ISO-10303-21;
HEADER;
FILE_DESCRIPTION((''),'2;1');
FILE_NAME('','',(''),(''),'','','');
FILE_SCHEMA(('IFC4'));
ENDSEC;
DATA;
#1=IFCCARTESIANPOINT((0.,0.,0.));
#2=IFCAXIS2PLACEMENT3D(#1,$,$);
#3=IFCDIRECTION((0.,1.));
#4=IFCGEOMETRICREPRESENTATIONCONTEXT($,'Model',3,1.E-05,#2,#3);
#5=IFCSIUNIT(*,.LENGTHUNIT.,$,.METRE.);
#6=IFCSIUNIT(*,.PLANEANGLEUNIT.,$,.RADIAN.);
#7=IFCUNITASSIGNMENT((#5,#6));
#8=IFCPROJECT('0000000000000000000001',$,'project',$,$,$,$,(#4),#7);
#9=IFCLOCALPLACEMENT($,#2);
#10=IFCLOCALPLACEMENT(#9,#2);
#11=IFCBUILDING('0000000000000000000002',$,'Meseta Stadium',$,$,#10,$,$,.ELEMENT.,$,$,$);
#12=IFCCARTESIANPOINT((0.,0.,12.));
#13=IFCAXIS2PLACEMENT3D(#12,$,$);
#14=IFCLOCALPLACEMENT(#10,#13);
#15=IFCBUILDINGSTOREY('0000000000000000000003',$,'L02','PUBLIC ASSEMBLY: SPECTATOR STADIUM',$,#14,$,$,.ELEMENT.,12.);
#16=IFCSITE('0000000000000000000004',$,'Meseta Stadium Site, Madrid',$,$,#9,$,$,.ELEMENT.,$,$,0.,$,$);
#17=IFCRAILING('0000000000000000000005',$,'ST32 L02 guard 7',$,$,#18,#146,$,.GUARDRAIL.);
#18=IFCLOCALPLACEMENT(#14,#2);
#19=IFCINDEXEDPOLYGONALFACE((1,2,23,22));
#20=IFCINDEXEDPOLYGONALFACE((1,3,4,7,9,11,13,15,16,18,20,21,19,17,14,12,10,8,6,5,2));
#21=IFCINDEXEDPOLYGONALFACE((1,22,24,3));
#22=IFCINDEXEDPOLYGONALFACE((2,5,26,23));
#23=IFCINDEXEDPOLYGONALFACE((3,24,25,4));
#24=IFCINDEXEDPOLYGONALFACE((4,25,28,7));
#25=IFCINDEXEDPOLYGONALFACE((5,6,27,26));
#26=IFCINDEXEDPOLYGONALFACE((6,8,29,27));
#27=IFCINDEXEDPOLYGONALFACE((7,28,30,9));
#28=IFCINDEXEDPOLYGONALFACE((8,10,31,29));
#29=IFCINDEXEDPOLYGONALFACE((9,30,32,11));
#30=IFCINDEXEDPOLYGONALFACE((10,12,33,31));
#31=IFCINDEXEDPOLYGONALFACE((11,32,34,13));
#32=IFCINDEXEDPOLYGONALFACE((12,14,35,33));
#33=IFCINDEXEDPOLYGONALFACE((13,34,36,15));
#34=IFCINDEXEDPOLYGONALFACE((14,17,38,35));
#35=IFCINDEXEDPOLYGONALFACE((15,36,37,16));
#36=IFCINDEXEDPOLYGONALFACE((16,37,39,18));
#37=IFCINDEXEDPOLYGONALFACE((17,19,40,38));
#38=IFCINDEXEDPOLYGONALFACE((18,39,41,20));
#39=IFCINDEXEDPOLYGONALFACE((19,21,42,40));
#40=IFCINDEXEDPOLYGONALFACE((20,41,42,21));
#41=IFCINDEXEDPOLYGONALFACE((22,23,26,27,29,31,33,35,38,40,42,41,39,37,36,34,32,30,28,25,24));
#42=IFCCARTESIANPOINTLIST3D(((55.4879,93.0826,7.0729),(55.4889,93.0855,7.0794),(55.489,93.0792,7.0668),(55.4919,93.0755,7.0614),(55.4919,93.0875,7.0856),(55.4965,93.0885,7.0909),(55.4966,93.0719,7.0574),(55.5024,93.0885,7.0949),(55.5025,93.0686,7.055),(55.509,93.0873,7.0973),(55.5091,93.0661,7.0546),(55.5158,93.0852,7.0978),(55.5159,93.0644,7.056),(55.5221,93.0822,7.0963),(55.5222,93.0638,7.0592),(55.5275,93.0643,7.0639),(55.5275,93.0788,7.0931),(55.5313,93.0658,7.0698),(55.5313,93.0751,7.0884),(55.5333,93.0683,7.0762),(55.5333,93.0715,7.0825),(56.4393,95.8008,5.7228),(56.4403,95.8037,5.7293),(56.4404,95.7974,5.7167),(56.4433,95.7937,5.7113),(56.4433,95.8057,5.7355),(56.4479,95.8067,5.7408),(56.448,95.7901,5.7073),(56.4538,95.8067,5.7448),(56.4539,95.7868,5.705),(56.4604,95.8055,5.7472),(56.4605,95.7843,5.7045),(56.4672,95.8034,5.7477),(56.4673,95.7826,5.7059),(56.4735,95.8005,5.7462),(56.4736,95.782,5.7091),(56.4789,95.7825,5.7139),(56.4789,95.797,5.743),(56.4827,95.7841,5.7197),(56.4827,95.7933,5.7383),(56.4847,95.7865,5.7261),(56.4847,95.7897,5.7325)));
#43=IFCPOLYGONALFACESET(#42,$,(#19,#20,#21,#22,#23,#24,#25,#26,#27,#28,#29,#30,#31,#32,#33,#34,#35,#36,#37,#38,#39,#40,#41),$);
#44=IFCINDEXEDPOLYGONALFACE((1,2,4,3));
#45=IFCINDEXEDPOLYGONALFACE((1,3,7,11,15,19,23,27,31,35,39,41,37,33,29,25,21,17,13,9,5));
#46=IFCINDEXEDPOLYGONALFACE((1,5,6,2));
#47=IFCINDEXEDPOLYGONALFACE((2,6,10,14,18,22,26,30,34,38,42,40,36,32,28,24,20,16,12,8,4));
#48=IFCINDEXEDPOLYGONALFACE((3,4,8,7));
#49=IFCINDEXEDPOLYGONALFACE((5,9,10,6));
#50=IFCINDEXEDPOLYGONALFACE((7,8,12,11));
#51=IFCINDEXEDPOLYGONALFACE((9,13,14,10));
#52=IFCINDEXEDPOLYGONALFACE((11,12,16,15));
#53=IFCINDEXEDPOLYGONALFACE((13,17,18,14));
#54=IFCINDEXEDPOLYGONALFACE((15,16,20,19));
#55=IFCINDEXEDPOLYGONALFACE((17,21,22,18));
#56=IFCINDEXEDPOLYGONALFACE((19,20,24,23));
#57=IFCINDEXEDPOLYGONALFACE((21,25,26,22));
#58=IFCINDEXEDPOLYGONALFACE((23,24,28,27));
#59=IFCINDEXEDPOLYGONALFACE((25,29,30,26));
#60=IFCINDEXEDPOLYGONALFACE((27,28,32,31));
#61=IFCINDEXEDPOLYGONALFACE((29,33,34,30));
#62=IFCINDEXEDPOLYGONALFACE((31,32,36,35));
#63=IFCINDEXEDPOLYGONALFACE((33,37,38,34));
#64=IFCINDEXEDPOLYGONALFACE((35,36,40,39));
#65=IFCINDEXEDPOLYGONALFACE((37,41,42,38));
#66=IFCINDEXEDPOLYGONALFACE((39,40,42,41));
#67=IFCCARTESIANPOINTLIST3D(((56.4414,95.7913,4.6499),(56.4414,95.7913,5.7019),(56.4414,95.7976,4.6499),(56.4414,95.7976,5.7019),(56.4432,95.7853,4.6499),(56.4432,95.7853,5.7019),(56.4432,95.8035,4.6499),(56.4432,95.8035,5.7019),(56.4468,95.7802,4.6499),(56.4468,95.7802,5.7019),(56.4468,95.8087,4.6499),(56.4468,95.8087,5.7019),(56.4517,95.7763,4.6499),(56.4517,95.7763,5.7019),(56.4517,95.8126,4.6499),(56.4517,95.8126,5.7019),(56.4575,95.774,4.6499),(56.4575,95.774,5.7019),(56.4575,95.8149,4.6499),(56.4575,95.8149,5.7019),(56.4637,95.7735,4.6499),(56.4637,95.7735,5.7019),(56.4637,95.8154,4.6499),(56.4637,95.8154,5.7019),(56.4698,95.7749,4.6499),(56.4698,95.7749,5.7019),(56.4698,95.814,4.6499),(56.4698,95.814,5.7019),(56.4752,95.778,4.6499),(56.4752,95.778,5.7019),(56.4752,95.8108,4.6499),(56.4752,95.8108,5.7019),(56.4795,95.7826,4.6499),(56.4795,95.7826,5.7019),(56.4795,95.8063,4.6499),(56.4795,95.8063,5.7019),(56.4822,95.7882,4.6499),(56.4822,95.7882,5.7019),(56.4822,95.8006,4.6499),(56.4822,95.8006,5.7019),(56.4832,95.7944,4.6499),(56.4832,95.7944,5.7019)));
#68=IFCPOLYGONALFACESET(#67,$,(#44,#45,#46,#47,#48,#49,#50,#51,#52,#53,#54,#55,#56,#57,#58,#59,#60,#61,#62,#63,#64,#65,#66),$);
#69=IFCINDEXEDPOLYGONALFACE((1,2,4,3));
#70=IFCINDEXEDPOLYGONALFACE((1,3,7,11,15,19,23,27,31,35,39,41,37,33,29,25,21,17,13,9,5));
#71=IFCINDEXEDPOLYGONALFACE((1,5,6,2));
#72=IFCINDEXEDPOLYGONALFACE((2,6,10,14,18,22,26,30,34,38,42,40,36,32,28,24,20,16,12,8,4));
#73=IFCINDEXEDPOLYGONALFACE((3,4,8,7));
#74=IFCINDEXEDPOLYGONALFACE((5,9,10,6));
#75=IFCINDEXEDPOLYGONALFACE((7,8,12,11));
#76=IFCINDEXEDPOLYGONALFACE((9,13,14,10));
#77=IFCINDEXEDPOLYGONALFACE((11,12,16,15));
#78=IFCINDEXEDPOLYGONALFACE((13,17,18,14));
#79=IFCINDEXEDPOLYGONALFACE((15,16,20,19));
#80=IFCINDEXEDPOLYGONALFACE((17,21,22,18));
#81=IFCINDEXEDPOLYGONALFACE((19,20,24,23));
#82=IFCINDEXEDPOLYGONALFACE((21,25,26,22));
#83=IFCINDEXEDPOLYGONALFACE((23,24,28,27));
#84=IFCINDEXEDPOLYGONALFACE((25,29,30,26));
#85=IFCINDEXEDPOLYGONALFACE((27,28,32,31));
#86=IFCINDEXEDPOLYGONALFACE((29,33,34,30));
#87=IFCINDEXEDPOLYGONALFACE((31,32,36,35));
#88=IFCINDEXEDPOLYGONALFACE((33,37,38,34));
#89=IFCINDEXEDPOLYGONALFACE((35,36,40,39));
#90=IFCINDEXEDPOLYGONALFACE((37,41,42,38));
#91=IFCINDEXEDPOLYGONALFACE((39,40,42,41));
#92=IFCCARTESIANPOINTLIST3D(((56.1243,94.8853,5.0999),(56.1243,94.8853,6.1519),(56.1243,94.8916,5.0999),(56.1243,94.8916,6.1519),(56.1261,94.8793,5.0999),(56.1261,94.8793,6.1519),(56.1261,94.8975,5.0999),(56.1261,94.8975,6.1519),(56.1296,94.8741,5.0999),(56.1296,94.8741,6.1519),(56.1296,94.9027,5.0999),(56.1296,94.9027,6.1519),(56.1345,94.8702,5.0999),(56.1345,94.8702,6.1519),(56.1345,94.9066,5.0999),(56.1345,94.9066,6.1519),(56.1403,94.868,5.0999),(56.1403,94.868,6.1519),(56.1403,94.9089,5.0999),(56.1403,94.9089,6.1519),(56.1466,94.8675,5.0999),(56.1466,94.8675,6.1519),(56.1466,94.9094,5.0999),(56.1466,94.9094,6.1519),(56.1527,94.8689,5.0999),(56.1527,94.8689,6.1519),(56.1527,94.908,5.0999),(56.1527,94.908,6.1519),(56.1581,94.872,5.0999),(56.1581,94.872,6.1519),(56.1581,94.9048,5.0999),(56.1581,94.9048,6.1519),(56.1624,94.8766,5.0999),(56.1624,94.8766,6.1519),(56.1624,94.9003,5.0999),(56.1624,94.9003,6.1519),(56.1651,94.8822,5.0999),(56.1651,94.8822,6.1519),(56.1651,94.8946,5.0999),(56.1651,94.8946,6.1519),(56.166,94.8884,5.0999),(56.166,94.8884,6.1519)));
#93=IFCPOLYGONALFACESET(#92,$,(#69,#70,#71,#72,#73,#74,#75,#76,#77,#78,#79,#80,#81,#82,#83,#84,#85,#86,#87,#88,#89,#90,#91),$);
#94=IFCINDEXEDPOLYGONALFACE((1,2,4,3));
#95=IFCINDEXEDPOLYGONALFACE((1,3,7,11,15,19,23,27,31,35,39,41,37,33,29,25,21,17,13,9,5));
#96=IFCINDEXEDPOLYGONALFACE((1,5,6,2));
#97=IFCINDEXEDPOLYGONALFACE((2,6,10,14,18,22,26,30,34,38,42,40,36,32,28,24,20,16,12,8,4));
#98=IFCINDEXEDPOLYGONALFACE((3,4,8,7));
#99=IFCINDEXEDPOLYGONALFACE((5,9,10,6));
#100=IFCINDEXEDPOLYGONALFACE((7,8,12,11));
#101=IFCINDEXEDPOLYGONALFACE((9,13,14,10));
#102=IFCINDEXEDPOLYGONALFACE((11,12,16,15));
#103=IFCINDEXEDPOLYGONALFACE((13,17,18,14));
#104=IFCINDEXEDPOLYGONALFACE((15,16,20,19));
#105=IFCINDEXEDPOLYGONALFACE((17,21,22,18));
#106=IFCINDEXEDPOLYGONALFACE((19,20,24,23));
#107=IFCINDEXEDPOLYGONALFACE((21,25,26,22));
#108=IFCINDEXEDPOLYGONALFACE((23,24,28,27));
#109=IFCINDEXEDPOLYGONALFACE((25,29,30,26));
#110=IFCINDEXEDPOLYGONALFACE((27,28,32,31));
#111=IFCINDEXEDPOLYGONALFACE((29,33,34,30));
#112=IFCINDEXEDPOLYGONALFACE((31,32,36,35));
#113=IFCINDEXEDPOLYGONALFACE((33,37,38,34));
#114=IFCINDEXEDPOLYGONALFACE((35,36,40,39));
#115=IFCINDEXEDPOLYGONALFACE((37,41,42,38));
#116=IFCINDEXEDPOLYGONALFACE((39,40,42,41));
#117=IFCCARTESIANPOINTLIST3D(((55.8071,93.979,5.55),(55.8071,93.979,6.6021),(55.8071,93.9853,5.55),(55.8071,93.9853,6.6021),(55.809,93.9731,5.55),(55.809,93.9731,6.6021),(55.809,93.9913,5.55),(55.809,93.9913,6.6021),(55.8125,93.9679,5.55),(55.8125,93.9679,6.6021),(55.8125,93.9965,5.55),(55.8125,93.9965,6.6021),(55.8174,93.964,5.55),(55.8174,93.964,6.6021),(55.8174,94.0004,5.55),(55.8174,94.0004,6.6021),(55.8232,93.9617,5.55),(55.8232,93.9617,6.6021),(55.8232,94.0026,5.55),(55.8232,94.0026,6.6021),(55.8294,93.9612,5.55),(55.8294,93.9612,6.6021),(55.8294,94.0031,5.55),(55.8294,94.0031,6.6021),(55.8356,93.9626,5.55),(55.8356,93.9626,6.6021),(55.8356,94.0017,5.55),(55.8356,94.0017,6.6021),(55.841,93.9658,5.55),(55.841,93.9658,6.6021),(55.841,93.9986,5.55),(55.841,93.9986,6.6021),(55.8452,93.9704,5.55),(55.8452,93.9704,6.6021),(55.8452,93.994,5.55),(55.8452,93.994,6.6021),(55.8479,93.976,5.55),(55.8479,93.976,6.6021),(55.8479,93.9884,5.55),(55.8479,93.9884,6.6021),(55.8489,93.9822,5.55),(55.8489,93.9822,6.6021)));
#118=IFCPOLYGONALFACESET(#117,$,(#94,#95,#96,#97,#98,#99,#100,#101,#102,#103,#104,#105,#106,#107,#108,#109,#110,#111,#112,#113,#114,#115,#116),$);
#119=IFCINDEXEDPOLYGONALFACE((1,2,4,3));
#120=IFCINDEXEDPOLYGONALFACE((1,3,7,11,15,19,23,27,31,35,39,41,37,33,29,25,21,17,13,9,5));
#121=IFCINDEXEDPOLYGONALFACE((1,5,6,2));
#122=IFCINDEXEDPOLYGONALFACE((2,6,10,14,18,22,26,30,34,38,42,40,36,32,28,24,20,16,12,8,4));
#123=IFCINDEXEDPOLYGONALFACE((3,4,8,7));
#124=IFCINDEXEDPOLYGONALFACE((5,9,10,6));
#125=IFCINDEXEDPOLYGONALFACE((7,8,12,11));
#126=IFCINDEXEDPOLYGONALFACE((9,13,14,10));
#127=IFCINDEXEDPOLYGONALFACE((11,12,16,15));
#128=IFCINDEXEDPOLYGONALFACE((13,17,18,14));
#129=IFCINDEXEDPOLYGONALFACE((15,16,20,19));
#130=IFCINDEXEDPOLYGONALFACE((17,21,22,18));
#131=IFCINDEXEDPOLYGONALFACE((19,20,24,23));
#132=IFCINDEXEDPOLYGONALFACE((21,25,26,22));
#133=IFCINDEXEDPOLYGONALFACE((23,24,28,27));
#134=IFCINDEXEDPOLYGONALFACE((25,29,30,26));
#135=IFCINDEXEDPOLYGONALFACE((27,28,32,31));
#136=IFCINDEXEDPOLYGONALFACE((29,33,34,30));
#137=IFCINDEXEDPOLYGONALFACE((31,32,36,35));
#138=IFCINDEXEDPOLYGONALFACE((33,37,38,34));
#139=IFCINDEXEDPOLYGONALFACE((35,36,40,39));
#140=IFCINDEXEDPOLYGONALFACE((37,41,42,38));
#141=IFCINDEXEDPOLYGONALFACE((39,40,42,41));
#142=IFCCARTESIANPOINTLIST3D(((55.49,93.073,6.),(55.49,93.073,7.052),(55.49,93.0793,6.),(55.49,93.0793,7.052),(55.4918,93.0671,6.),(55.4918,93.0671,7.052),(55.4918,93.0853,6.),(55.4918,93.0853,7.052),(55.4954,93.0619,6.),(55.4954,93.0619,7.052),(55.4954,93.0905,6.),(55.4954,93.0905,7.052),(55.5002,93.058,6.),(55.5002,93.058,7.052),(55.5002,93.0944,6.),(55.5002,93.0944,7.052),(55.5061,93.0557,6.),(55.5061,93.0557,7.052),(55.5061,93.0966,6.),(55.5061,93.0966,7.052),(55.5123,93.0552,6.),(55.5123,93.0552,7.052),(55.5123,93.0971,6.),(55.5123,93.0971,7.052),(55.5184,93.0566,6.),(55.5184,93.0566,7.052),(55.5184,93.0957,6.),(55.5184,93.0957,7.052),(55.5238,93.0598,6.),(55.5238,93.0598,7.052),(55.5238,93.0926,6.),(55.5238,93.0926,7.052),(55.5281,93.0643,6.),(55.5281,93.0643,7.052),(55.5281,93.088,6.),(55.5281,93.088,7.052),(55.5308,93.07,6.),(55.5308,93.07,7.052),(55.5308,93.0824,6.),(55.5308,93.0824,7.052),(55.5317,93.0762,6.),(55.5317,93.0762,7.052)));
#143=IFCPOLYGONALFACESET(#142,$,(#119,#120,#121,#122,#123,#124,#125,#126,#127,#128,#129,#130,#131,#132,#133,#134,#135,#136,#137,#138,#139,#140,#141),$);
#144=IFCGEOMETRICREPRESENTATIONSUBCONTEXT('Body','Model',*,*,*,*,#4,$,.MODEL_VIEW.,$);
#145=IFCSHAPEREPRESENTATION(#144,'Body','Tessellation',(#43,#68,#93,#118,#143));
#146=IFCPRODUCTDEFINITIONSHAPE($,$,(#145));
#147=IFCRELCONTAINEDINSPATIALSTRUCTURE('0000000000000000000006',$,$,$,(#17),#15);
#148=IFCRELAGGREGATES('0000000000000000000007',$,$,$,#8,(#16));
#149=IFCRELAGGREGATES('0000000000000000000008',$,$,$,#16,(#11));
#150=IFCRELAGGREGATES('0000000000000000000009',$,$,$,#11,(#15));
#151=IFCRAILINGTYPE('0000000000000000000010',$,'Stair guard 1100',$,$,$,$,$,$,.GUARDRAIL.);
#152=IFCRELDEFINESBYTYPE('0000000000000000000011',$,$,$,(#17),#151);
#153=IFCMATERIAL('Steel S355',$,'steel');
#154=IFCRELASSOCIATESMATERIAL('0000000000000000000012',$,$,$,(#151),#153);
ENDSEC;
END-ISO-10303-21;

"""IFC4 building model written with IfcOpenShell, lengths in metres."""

from ifc_helpers import new_model, si_unit, direction, frame, origin, origin_2d, place, context, subcontext, project, spatial, circle, extrude, material, type_object, element, save


model = new_model("IFC4")

# Units and contexts
model_context = context("Model", 3, precision=1e-05, world=origin(), true_north=direction((0.0, 1.0)))
body_context = subcontext(model_context, "Body", "Model", "MODEL_VIEW")
ifc_project = project(units=[si_unit("LENGTHUNIT", "METRE"), si_unit("PLANEANGLEUNIT", "RADIAN")], contexts=[model_context])

# Site, building, storey
site_placement = place(None, origin())
site = spatial("IfcSite", under=ifc_project, at=site_placement, Name="Meseta Stadium Site, Madrid", CompositionType="ELEMENT", RefElevation=0.0)
building_placement = place(site_placement, origin())
building = spatial("IfcBuilding", under=site, at=building_placement, Name="Meseta Stadium", CompositionType="ELEMENT")
storey_placement = place(building_placement, frame((0.0, 0.0, 12.0)))
storey = spatial("IfcBuildingStorey", under=building, at=storey_placement, Name="L02", Description="PUBLIC ASSEMBLY: SPECTATOR STADIUM", CompositionType="ELEMENT", Elevation=12.0)

# Railing
ifc_material_1 = material(Name="Steel S355", Category="steel")
railing_type_1 = type_object("IfcRailingType", Name="Stair guard 1100", PredefinedType="GUARDRAIL", material=ifc_material_1)
railing_1_placement = place(storey_placement, frame((56.4622, 95.7944, 4.6499)))
element("IfcRailing", 1, at=railing_1_placement, inside=storey, type_object=railing_type_1, Name="ST32 L02 guard 7", PredefinedType="GUARDRAIL", context=body_context, shape_type="SweptSolid", body=[
    extrude(circle(Radius=0.0239, at=origin_2d()), frame((0.0, 0.0, 1.0762), z_axis=(-0.299121, -0.854609, 0.424465), x_axis=(0.943856, -0.330358, 0.0)), (0.0, 0.0, 1.0), 3.1807),
    extrude(circle(Radius=0.021, at=origin_2d()), origin(), (0.0, 0.0, 1.0), 1.052),
    extrude(circle(Radius=0.021, at=origin_2d()), frame((-0.3171, -0.906, 0.45)), (0.0, 0.0, 1.0), 1.052),
    extrude(circle(Radius=0.021, at=origin_2d()), frame((-0.6343, -1.8123, 0.9001)), (0.0, 0.0, 1.0), 1.052),
    extrude(circle(Radius=0.021, at=origin_2d()), frame((-0.9514, -2.7183, 1.3501)), (0.0, 0.0, 1.0), 1.052),
])

save(model, "model.ifc")
